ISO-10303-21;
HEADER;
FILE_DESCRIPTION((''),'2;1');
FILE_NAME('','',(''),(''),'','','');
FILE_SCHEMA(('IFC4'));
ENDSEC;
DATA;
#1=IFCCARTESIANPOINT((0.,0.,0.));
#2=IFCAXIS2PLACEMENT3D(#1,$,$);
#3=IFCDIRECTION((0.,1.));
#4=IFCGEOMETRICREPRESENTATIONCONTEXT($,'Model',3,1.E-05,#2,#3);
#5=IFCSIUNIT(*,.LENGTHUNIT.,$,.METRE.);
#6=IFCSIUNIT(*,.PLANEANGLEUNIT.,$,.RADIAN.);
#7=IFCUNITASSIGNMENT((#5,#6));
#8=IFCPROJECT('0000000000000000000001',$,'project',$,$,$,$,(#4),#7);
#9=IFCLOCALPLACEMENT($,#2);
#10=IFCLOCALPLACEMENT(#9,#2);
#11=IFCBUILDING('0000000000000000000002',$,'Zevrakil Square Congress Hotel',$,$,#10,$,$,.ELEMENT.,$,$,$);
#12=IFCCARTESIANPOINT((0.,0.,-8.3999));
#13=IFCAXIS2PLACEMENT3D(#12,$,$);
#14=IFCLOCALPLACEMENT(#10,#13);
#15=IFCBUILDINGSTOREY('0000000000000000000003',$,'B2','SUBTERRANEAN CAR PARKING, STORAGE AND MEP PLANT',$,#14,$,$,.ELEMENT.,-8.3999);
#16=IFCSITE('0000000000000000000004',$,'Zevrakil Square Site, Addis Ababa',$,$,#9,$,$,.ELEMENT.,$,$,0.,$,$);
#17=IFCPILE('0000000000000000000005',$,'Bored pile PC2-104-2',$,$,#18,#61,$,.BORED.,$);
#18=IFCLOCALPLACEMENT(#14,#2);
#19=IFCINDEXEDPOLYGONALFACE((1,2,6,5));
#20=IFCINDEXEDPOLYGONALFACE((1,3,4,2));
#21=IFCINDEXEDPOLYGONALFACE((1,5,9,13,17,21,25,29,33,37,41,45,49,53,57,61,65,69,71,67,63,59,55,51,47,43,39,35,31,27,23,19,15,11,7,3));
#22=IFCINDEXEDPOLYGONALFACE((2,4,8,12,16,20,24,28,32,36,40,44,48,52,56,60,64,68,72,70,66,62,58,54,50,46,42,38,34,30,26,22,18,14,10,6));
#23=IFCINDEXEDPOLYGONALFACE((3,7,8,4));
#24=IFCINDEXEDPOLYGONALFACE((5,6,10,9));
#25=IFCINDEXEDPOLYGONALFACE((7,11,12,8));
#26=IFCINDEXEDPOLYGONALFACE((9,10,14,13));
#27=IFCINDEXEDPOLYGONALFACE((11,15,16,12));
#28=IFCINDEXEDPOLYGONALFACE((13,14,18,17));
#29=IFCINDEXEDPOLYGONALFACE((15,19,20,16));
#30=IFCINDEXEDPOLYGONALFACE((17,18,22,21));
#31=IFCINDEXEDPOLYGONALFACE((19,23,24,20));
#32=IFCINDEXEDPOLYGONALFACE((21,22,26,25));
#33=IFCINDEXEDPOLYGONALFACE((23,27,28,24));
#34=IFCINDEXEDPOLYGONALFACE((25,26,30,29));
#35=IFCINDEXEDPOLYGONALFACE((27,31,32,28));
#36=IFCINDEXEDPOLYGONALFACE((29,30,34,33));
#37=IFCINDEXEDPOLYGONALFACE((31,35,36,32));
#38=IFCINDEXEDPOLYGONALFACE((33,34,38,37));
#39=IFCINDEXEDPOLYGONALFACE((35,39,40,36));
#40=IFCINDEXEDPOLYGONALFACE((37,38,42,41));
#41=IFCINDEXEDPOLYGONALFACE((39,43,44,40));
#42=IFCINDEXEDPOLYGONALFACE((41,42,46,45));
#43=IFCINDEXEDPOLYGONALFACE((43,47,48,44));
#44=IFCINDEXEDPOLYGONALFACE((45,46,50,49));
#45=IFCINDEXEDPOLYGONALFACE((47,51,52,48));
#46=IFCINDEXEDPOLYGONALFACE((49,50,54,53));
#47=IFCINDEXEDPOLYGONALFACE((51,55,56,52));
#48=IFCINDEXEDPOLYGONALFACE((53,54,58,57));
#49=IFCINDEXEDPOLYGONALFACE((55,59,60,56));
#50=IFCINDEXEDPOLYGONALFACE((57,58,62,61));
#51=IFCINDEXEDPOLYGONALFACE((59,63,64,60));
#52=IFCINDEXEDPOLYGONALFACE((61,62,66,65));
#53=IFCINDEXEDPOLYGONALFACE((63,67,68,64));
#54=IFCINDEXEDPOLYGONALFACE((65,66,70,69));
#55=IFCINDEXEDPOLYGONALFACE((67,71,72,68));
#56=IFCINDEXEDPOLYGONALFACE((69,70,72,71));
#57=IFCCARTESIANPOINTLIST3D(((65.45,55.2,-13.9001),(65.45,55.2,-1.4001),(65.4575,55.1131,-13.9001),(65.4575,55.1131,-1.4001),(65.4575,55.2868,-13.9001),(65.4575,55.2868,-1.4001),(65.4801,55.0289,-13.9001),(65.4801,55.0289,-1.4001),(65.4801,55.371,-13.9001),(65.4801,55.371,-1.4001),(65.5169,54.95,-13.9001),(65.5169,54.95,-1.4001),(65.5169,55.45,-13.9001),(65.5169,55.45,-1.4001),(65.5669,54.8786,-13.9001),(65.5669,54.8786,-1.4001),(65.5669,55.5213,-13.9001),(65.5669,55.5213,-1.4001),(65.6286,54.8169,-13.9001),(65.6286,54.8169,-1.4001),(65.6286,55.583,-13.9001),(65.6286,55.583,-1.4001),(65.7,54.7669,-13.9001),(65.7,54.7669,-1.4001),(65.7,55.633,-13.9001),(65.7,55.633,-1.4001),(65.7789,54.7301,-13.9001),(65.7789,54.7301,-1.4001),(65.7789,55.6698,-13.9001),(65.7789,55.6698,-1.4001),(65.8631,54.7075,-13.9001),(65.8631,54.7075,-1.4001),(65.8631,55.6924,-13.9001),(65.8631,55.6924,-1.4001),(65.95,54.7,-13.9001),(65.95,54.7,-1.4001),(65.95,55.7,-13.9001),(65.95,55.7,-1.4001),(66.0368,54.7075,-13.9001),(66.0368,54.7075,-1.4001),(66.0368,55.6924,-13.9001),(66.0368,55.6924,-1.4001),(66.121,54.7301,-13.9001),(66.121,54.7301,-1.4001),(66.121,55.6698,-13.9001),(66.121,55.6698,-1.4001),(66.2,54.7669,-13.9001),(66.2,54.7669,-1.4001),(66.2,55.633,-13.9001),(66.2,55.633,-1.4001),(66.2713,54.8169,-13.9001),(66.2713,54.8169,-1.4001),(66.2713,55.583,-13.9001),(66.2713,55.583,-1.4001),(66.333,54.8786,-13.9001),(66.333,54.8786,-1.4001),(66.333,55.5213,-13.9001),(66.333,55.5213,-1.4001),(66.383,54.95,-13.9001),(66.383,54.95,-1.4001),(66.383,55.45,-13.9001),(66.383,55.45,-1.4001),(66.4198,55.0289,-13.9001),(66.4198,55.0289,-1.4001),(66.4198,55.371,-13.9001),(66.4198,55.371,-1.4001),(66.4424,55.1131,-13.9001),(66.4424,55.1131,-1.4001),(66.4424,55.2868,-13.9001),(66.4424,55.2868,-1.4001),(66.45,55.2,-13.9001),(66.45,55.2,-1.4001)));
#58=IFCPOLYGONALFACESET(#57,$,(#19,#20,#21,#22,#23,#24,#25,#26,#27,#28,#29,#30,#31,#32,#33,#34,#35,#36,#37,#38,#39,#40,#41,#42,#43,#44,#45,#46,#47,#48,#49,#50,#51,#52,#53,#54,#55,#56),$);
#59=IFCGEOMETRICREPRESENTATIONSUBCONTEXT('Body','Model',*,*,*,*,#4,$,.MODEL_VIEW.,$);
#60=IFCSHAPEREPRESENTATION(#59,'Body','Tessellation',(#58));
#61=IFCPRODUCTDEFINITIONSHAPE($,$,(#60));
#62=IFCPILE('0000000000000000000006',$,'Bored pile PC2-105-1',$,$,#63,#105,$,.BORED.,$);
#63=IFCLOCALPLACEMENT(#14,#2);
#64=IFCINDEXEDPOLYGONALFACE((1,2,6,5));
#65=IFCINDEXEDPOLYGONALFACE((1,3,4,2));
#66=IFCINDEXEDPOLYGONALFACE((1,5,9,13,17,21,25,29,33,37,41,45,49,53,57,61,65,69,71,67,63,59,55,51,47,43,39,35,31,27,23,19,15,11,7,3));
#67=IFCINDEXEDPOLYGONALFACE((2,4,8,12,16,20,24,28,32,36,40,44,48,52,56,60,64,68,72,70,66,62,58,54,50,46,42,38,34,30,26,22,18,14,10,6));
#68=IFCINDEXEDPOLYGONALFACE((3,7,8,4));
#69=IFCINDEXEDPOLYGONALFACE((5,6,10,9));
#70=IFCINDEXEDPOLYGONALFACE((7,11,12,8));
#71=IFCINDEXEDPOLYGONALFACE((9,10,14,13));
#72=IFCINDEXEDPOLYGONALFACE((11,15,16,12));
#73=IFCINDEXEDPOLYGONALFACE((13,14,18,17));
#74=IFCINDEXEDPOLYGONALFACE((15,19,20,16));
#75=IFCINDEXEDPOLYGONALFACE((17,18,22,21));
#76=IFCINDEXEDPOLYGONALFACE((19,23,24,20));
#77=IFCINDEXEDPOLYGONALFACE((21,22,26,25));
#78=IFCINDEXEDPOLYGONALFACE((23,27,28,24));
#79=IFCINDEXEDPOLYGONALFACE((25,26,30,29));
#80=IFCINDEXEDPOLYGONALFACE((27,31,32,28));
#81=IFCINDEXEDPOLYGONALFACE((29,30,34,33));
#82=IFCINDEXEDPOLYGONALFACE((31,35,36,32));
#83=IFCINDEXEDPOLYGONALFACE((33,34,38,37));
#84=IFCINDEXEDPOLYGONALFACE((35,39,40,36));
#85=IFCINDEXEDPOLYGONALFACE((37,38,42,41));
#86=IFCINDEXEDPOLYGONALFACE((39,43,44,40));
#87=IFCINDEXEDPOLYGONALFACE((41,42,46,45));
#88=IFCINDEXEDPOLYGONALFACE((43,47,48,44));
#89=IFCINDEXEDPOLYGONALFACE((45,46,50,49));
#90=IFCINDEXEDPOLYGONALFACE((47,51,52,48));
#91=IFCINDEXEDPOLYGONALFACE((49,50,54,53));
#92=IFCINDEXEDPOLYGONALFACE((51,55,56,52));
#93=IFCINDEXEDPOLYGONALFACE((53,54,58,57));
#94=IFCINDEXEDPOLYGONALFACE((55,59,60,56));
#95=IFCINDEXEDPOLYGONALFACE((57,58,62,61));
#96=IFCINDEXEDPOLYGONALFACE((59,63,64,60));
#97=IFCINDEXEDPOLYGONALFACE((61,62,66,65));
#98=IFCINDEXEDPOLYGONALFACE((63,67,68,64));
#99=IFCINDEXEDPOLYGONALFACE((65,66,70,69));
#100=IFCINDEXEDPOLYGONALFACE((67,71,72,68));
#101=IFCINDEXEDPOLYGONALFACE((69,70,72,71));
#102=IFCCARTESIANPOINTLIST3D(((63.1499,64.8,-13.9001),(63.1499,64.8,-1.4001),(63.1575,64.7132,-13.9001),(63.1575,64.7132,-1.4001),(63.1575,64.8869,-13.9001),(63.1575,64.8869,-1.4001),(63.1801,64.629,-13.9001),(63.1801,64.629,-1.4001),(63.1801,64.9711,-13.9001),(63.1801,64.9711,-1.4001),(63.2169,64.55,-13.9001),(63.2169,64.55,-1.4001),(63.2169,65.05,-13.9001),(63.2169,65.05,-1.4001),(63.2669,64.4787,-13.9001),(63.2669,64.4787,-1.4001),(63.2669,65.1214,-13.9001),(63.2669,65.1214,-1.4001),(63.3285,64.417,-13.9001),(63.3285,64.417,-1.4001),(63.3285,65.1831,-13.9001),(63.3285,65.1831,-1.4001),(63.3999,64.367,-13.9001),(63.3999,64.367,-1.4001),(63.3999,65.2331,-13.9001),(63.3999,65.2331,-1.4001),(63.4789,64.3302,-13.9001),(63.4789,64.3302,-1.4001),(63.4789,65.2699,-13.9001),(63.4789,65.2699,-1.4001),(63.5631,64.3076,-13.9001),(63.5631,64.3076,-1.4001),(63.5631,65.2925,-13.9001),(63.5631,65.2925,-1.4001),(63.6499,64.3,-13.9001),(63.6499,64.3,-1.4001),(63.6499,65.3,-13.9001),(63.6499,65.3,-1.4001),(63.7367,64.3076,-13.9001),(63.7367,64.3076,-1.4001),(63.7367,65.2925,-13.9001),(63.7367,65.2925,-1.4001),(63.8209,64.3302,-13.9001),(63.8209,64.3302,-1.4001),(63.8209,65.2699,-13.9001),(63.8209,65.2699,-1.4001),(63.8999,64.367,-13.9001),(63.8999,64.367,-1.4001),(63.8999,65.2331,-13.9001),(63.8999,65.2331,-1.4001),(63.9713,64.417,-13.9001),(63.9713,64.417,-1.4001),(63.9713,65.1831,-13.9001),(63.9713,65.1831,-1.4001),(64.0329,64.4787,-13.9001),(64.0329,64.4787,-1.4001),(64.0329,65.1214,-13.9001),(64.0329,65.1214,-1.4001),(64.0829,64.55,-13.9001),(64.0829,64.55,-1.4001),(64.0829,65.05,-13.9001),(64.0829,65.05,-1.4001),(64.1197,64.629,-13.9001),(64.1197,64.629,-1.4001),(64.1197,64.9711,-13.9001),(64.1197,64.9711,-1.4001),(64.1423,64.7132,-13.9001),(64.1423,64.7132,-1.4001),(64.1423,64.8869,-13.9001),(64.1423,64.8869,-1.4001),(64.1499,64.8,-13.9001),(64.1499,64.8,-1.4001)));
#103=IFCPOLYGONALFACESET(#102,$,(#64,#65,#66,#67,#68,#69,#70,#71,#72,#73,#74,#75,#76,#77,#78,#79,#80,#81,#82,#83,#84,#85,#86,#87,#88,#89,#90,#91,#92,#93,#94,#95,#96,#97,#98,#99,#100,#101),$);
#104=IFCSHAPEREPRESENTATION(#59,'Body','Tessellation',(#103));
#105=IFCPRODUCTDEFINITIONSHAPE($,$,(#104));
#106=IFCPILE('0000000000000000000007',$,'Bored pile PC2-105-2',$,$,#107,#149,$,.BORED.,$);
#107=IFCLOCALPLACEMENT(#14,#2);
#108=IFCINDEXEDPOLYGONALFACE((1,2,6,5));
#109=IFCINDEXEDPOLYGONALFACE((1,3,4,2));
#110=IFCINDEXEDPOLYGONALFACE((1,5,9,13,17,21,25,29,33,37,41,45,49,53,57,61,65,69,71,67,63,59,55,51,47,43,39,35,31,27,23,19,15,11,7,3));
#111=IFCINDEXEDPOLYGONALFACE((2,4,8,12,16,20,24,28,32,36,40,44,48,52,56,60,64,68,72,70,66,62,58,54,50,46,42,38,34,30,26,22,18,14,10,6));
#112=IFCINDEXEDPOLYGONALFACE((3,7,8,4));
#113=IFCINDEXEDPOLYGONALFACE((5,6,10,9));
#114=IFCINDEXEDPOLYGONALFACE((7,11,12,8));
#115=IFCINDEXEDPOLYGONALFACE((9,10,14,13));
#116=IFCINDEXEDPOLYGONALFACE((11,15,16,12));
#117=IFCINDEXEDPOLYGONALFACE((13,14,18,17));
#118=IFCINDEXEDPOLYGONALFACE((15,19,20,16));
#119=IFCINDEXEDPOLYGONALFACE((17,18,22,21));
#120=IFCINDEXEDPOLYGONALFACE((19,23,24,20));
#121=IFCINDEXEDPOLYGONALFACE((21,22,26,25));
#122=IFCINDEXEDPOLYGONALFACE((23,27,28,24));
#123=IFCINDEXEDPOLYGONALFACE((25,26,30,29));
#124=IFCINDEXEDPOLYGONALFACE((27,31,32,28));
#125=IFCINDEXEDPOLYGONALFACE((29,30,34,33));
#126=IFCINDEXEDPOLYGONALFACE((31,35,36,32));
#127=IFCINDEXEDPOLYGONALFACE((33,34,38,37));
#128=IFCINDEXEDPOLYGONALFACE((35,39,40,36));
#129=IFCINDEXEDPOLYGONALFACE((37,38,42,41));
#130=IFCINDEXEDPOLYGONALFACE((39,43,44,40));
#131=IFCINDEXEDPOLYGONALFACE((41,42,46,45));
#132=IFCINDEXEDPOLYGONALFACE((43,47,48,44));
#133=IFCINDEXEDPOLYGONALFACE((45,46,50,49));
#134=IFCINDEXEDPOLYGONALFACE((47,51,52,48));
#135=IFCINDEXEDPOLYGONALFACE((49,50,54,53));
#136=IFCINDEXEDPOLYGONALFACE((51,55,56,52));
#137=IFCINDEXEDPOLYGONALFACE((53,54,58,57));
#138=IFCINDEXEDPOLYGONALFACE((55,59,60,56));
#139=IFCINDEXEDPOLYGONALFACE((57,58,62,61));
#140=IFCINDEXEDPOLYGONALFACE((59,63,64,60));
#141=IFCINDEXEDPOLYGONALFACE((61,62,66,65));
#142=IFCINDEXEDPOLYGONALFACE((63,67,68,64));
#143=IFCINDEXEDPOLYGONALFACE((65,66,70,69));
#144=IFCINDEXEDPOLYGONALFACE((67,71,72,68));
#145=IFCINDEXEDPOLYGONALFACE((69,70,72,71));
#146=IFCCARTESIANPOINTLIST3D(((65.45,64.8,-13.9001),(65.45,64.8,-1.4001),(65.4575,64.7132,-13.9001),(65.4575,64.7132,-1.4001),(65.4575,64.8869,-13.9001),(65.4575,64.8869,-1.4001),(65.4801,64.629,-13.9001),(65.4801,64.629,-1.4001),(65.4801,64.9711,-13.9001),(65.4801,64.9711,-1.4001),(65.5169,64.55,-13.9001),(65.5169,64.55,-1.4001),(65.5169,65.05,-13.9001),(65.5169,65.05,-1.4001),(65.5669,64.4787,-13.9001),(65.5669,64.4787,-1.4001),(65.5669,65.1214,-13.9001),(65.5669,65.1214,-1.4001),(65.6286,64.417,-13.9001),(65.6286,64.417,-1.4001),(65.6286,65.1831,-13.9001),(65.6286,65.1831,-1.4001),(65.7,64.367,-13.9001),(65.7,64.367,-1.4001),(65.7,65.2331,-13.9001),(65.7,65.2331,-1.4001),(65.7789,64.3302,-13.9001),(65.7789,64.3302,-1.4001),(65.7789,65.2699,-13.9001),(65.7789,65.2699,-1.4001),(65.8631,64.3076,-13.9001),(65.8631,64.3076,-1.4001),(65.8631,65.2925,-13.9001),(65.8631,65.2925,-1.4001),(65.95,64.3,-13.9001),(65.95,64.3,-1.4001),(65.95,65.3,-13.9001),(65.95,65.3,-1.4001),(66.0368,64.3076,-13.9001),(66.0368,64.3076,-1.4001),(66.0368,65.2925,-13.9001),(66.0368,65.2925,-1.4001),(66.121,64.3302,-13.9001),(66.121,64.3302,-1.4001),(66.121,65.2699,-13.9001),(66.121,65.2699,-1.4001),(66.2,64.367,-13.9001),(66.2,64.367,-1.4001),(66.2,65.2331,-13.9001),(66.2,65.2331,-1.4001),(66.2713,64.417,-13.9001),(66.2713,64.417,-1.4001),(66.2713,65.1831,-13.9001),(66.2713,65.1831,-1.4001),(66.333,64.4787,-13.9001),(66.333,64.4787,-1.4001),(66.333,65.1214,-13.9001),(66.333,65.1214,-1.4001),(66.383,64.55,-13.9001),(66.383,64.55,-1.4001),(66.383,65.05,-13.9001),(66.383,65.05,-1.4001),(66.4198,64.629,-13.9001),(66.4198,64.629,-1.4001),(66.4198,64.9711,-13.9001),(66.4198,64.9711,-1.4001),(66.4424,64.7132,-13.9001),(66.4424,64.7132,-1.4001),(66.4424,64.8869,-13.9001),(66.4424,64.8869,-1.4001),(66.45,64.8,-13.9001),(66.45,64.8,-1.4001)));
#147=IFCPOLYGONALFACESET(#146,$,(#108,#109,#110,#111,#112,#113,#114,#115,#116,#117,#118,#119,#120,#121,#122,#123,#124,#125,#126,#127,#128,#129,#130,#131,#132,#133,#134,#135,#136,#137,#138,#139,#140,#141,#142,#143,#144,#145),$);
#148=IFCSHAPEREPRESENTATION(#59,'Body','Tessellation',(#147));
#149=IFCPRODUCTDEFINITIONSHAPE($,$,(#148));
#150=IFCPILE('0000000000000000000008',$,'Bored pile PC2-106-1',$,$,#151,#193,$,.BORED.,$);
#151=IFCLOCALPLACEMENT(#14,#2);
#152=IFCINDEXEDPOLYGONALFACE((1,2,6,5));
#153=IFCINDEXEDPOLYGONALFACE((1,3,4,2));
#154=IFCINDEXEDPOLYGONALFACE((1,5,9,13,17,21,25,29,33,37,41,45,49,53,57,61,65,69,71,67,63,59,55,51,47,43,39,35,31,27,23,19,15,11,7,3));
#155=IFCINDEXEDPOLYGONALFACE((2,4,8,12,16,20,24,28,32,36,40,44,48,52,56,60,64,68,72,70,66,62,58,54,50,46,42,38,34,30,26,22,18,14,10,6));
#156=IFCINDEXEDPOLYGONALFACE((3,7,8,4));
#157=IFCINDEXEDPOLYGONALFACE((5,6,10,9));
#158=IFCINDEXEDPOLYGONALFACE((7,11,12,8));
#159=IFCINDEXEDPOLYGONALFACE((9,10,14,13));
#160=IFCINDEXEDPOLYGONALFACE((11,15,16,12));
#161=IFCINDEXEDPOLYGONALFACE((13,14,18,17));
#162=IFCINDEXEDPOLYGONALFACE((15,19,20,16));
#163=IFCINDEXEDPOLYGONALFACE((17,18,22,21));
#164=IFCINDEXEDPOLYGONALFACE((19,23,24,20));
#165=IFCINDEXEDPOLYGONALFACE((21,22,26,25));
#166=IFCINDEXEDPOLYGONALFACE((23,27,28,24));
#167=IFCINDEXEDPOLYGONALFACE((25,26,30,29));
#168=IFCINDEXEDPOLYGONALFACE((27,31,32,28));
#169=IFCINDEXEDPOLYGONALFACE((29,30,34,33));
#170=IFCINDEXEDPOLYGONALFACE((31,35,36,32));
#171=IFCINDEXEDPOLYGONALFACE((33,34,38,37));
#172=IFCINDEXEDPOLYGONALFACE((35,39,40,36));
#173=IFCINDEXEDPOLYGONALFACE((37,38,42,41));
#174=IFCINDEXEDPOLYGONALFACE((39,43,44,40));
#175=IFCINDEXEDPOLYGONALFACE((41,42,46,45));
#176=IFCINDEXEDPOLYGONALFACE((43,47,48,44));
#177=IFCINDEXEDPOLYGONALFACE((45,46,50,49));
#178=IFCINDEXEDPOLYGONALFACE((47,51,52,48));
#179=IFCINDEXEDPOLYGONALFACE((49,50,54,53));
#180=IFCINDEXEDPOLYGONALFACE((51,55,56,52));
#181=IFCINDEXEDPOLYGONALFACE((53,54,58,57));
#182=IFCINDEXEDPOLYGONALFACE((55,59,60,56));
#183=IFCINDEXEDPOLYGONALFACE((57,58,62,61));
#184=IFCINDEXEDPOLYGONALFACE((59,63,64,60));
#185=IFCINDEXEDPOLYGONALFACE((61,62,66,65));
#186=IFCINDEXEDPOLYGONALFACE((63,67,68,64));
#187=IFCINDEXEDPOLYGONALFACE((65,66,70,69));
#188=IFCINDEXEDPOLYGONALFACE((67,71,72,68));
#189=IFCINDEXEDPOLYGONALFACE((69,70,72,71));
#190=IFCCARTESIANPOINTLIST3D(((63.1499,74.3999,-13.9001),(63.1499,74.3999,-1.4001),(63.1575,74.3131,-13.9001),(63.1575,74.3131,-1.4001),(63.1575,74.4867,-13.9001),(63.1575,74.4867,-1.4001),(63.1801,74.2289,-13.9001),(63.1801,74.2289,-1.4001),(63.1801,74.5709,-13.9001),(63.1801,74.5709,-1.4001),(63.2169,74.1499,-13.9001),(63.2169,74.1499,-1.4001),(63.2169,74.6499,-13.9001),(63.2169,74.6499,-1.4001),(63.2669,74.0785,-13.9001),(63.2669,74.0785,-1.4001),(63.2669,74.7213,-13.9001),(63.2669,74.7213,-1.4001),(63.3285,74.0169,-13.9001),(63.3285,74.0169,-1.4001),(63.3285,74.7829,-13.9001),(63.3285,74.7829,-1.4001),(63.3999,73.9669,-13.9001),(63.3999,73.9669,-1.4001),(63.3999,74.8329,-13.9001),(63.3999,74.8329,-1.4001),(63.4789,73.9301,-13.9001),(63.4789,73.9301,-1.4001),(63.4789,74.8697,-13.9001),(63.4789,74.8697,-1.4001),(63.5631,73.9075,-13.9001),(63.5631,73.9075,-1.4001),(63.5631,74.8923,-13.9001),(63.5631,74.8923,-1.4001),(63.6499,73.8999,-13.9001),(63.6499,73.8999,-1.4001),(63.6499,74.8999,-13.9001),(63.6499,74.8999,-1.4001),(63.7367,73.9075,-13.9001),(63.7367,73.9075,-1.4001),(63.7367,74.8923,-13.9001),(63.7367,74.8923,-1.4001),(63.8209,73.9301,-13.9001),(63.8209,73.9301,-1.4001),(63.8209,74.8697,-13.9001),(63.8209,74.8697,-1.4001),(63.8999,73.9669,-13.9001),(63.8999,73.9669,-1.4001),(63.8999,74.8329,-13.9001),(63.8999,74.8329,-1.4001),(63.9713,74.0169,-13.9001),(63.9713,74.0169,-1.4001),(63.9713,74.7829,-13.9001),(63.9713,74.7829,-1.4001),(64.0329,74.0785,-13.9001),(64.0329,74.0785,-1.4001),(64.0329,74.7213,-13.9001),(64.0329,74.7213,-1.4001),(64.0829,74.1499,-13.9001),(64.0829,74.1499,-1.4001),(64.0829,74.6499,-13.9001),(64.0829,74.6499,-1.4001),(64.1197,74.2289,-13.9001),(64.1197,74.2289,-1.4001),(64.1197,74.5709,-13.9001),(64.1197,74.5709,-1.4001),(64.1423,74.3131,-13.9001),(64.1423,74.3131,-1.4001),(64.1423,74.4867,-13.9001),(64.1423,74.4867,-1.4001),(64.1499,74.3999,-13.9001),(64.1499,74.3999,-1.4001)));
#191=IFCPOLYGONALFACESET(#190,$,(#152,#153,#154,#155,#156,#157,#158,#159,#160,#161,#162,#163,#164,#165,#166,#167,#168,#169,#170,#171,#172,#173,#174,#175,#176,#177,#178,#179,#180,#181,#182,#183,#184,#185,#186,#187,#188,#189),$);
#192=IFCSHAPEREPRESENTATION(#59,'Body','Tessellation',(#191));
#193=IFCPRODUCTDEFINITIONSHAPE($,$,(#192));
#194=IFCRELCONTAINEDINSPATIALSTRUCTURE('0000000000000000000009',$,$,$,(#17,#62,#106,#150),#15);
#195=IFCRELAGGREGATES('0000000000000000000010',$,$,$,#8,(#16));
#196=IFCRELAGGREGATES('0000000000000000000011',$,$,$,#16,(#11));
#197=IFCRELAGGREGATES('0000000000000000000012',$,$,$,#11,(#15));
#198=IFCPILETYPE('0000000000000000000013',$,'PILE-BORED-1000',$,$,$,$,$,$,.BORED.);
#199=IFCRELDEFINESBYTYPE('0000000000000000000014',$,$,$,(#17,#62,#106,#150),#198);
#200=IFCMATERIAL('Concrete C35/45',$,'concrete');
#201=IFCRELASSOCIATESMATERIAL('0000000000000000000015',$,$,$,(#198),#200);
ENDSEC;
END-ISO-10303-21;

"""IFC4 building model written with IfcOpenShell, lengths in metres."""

from ifc_helpers import new_model, si_unit, direction, frame, origin, origin_2d, place, context, subcontext, project, spatial, circle, extrude, material, material_profile, profile_set, type_object, element, save


model = new_model("IFC4")

# Units and contexts
model_context = context("Model", 3, precision=1e-05, world=origin(), true_north=direction((0.0, 1.0)))
body_context = subcontext(model_context, "Body", "Model", "MODEL_VIEW")
ifc_project = project(units=[si_unit("LENGTHUNIT", "METRE"), si_unit("PLANEANGLEUNIT", "RADIAN")], contexts=[model_context])

# Site, building, storey
site_placement = place(None, origin())
site = spatial("IfcSite", under=ifc_project, at=site_placement, Name="Zevrakil Square Site, Addis Ababa", CompositionType="ELEMENT", RefElevation=0.0)
building_placement = place(site_placement, origin())
building = spatial("IfcBuilding", under=site, at=building_placement, Name="Zevrakil Square Congress Hotel", CompositionType="ELEMENT")
storey_placement = place(building_placement, frame((0.0, 0.0, -8.3999)))
storey = spatial("IfcBuildingStorey", under=building, at=storey_placement, Name="B2", Description="SUBTERRANEAN CAR PARKING, STORAGE AND MEP PLANT", CompositionType="ELEMENT", Elevation=-8.3999)

# Piles
ifc_material_1 = material(Name="Concrete C35/45", Category="concrete")
ifc_material_profile_1 = material_profile(ifc_material_1, circle(Radius=0.5, at=origin_2d()), Name="PILE D1000")
ifc_profile_set_1 = profile_set([ifc_material_profile_1], Name="Concrete C35/45")
pile_type = type_object("IfcPileType", Name="PILE-BORED-1000", PredefinedType="BORED", material=ifc_profile_set_1)
for number, where, z_axis, x_axis, name in (
    (1, (65.95, 55.2, -1.4001), (0.0, 0.0, -1.0), (1.0, 0.0, 0.0), "Bored pile PC2-104-2"),
    (2, (63.6499, 64.8, -1.4001), (0.0, 0.0, -1.0), (1.0, 0.0, 0.0), "Bored pile PC2-105-1"),
    (3, (65.95, 64.8, -1.4001), (0.0, 0.0, -1.0), (1.0, 0.0, 0.0), "Bored pile PC2-105-2"),
    (4, (63.6499, 74.3999, -1.4001), (0.0, 0.0, -1.0), (1.0, 0.0, 0.0), "Bored pile PC2-106-1"),
):
    element("IfcPile", number, at=place(storey_placement, frame(where, z_axis=z_axis, x_axis=x_axis)), inside=storey, type_object=pile_type, Name=name, PredefinedType="BORED", context=body_context, shape_type="SweptSolid", body=[
        extrude(circle(Radius=0.5, at=origin_2d()), origin(), (0.0, 0.0, 1.0), 12.5),
    ])

save(model, "model.ifc")
